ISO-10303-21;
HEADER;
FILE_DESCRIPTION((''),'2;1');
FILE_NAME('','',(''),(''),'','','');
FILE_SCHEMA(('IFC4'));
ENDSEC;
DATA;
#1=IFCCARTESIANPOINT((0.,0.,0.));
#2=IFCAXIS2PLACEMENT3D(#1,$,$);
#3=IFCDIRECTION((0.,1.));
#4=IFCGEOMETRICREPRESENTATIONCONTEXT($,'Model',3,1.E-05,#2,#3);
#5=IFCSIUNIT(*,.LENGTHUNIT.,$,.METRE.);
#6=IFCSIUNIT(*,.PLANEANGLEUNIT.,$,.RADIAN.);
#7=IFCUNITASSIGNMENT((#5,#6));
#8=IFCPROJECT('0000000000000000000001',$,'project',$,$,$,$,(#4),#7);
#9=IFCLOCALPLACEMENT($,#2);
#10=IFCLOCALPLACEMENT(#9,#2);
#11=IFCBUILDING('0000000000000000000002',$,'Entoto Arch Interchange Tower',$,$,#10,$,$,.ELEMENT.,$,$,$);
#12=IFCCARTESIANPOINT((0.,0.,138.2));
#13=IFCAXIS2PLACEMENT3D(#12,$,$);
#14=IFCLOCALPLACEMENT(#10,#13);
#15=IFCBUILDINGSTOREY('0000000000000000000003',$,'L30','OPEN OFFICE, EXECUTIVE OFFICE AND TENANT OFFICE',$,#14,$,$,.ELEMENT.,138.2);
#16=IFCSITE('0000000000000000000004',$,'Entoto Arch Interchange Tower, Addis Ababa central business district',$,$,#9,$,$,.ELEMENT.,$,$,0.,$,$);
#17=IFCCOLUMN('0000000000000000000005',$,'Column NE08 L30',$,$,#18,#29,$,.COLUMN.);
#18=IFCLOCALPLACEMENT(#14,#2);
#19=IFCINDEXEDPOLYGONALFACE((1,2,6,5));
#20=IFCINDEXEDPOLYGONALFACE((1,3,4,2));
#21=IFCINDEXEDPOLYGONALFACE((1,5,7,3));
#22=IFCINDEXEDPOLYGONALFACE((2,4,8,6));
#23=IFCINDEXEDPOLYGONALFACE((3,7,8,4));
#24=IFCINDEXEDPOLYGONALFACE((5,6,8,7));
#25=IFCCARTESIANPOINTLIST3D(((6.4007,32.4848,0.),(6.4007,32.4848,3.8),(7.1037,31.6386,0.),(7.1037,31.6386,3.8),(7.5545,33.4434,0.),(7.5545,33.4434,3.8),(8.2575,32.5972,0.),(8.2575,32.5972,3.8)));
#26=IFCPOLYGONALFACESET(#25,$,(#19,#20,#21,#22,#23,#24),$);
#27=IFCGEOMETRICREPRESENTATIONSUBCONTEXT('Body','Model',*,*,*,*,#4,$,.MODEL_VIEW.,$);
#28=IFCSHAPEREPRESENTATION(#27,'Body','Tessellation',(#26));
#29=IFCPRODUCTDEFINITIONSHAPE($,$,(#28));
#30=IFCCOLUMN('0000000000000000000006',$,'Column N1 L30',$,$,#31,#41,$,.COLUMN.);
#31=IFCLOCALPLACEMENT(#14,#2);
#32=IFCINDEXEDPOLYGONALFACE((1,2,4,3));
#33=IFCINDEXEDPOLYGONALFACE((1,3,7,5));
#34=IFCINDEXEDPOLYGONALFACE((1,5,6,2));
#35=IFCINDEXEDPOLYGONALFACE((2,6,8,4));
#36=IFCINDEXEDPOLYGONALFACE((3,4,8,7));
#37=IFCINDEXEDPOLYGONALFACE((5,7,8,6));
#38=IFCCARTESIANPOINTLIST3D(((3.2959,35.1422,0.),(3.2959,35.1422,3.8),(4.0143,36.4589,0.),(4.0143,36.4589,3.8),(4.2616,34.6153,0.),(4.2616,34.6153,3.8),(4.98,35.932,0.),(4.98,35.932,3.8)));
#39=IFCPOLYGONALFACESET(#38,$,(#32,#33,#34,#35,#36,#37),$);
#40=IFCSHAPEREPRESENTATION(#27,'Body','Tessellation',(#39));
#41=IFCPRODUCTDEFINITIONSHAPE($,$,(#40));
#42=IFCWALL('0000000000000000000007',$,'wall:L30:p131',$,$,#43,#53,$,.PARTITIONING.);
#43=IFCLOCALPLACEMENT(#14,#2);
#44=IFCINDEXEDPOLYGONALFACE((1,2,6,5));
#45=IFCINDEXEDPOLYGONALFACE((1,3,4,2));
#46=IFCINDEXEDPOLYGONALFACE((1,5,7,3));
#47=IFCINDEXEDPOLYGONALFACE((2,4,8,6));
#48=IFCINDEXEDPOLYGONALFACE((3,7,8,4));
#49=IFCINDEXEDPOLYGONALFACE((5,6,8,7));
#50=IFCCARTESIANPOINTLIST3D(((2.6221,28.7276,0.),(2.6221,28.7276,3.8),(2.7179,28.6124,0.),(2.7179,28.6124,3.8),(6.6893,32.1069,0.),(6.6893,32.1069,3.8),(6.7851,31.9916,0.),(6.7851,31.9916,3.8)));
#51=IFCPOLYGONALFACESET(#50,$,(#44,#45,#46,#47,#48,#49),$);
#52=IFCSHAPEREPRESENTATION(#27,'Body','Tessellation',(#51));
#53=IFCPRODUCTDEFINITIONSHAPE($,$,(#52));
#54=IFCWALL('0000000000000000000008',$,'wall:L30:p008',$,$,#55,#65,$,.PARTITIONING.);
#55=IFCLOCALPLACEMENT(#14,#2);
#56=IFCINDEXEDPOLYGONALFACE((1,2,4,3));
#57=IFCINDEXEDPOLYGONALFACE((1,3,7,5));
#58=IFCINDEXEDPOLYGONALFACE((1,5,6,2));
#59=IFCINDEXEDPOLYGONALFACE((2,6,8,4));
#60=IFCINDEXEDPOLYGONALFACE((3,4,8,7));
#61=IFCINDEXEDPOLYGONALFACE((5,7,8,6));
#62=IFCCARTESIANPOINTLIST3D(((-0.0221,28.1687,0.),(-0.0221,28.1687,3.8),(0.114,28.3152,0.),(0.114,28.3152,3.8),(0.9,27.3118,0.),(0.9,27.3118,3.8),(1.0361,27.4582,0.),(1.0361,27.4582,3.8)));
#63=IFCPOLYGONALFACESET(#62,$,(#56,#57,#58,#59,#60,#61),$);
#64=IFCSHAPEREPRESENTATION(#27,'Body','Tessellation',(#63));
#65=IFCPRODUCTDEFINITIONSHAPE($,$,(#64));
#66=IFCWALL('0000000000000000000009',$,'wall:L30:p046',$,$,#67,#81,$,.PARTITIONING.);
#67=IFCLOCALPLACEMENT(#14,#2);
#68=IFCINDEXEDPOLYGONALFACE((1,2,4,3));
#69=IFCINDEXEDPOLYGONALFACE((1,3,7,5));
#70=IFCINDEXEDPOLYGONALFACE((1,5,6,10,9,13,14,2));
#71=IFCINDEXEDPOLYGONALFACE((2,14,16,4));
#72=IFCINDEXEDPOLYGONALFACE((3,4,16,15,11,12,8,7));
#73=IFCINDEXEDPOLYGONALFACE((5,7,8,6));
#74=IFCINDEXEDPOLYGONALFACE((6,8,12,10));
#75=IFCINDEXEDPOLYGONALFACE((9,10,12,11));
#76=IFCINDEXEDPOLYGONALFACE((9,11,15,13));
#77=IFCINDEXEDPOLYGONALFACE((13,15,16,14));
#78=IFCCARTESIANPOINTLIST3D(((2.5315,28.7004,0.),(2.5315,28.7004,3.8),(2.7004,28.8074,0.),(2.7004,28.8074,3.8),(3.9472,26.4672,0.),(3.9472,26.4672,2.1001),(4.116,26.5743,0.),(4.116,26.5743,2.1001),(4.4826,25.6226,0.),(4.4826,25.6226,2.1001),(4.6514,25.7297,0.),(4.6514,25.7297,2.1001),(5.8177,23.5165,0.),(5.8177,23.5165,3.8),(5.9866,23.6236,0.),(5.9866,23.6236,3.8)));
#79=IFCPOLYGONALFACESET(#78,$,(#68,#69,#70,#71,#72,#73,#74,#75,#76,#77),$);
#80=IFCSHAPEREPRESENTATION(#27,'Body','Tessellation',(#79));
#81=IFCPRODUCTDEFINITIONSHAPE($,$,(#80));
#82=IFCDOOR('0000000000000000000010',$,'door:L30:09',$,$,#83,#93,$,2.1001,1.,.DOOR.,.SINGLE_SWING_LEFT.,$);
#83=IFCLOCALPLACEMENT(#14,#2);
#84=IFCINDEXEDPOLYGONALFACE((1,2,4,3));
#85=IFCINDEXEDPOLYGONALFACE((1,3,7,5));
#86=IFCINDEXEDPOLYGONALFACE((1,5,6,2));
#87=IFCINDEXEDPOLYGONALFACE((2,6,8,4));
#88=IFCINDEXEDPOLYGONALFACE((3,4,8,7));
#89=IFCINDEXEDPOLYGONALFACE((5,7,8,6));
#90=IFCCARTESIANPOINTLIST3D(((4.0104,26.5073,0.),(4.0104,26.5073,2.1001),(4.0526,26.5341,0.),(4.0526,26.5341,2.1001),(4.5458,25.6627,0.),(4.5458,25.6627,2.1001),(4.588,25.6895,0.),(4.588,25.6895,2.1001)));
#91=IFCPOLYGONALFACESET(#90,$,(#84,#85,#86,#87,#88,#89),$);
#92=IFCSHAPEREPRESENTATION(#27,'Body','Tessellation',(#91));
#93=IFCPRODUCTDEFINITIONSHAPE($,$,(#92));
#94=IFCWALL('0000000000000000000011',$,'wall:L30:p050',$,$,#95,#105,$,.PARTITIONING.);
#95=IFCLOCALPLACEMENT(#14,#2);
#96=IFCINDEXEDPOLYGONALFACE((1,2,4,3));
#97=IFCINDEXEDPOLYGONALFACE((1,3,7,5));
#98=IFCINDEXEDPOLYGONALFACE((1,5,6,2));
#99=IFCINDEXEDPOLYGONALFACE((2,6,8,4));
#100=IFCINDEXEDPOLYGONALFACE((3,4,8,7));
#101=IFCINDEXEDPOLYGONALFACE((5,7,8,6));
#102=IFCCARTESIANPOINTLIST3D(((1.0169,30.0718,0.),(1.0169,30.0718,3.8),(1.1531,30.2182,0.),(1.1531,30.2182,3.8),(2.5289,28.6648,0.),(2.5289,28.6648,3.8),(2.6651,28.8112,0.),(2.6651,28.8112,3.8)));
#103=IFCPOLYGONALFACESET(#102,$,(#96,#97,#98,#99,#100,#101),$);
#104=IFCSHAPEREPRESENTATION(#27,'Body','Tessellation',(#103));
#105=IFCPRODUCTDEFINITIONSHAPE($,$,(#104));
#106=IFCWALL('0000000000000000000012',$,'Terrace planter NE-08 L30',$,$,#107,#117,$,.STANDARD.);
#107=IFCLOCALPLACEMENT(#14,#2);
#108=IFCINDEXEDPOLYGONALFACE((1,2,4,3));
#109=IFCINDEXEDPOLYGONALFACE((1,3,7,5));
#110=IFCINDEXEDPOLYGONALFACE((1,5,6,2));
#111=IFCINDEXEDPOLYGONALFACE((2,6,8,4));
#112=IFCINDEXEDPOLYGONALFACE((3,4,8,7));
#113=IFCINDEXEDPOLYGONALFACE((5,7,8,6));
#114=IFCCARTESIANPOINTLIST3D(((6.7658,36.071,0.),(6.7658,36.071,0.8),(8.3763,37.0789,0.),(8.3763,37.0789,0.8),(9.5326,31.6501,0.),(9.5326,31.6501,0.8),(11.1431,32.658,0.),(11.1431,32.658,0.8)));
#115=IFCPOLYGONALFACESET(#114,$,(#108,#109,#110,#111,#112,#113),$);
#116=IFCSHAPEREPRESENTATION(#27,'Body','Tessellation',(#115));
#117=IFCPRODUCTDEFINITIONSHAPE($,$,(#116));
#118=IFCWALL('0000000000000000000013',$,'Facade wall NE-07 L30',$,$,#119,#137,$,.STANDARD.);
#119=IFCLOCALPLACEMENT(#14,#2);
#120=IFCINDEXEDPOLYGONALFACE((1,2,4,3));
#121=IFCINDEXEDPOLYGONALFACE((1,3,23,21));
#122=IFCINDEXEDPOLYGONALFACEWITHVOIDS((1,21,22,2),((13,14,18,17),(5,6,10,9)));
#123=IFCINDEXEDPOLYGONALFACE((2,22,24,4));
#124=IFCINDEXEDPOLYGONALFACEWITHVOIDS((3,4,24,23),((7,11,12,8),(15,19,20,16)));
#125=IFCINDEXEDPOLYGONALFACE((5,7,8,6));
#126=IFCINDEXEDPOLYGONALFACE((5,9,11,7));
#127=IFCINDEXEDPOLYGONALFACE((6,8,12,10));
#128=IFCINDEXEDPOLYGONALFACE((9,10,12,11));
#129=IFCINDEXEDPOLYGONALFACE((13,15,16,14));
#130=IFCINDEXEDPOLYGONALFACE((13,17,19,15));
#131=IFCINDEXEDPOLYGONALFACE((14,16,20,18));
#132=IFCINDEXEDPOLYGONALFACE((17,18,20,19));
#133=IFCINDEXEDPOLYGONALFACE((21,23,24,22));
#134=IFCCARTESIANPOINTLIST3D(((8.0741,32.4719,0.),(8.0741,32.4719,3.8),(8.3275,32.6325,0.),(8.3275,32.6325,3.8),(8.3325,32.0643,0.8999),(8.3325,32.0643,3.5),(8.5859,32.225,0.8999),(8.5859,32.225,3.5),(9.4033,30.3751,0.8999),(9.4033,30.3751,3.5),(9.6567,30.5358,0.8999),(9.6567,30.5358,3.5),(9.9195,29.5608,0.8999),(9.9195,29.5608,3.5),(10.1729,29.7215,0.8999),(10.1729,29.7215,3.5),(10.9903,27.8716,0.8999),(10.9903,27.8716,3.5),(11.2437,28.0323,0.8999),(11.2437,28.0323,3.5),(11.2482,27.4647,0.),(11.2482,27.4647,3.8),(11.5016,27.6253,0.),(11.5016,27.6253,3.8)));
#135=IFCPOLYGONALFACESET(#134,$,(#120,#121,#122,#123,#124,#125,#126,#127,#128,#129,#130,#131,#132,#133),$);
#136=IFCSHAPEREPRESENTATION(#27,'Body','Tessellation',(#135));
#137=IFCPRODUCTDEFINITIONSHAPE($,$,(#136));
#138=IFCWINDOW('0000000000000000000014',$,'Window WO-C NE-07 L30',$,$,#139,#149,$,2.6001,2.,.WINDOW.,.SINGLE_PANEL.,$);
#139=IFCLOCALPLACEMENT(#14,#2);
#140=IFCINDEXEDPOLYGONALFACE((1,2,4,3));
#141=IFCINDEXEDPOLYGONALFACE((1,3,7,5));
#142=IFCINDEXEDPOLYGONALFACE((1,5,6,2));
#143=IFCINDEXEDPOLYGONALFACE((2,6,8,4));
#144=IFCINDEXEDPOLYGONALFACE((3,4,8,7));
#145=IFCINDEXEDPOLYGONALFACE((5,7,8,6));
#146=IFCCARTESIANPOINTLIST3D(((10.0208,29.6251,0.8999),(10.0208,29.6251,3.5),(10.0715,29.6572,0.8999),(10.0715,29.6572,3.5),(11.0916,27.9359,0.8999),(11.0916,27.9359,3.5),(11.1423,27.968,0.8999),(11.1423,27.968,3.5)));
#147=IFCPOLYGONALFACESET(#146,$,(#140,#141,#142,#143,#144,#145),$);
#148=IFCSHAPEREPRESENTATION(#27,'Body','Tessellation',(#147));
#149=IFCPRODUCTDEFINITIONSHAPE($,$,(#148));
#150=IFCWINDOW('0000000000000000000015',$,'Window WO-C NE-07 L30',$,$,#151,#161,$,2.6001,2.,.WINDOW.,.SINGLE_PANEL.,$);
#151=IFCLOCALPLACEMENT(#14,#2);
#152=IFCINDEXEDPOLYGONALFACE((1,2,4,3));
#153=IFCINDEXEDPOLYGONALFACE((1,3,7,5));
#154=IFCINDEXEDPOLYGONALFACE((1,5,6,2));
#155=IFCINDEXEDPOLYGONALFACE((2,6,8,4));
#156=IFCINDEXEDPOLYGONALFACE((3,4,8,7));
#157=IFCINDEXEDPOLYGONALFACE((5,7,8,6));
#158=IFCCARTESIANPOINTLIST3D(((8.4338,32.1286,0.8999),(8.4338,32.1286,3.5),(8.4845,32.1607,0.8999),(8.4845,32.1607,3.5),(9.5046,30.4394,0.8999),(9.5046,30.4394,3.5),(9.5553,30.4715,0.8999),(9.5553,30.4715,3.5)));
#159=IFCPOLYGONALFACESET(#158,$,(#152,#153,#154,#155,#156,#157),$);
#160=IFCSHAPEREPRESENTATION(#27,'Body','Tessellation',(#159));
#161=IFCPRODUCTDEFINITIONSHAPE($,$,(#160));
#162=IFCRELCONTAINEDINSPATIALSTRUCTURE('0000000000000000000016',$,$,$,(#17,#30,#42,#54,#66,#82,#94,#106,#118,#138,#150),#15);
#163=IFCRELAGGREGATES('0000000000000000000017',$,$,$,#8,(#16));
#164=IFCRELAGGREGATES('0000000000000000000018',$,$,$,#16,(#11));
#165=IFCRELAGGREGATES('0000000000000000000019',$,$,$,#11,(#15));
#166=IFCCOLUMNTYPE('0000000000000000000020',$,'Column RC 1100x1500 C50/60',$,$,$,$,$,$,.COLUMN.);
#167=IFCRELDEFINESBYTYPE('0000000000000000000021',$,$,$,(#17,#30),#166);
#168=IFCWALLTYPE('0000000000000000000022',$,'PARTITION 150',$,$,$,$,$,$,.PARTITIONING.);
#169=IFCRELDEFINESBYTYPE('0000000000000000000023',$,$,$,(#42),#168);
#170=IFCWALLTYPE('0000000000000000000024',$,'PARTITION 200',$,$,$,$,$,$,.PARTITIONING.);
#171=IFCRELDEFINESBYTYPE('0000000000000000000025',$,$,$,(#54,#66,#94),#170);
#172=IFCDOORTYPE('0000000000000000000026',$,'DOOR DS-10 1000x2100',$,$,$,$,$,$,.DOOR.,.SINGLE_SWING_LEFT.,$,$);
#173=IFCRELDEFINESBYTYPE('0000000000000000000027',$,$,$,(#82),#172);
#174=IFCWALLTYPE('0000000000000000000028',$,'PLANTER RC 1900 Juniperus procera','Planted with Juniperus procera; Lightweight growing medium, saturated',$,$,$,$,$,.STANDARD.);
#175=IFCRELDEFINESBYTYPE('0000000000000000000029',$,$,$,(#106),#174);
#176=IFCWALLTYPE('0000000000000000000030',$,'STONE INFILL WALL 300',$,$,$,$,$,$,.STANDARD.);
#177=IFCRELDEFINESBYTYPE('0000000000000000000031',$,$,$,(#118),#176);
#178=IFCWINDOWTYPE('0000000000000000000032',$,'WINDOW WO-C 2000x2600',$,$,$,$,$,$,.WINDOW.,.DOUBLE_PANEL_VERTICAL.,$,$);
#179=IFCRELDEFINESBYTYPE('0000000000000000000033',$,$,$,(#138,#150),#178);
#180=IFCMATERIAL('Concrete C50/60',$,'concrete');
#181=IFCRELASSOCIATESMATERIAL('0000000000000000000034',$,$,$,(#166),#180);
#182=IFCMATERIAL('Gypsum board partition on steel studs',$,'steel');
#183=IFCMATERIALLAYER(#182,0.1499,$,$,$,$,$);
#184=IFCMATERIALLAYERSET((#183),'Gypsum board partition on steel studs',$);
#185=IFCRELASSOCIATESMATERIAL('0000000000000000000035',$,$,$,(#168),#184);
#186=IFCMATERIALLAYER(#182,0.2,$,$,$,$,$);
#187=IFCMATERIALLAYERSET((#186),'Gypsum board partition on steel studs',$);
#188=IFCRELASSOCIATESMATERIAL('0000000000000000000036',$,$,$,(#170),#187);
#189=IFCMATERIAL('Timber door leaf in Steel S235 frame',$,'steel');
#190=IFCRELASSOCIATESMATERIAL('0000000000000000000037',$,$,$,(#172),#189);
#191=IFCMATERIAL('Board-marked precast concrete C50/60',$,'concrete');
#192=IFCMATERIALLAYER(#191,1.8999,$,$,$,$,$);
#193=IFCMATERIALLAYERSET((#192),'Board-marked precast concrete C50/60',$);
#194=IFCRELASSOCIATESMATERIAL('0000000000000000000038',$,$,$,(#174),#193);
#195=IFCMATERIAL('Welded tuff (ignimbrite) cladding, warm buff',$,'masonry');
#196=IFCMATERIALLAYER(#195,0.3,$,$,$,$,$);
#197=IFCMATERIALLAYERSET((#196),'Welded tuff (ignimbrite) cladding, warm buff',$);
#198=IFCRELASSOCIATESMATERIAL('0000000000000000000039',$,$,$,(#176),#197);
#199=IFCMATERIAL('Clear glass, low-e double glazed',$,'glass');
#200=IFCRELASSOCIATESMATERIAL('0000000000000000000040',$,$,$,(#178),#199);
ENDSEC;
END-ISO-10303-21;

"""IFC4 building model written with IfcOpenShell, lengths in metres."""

from ifc_helpers import new_model, si_unit, direction, frame, frame_2d, origin, origin_2d, place, context, subcontext, project, spatial, rectangle, extrude, material, layer, layer_set, material_profile, profile_set, type_object, element, fill, save


model = new_model("IFC4")

# Units and contexts
model_context = context("Model", 3, precision=1e-05, world=origin(), true_north=direction((0.0, 1.0)))
body_context = subcontext(model_context, "Body", "Model", "MODEL_VIEW")
ifc_project = project(units=[si_unit("LENGTHUNIT", "METRE"), si_unit("PLANEANGLEUNIT", "RADIAN")], contexts=[model_context])

# Site, building, storey
site_placement = place(None, origin())
site = spatial("IfcSite", under=ifc_project, at=site_placement, Name="Entoto Arch Interchange Tower, Addis Ababa central business district", CompositionType="ELEMENT", RefElevation=0.0)
building_placement = place(site_placement, origin())
building = spatial("IfcBuilding", under=site, at=building_placement, Name="Entoto Arch Interchange Tower", CompositionType="ELEMENT")
storey_placement = place(building_placement, frame((0.0, 0.0, 138.2)))
storey = spatial("IfcBuildingStorey", under=building, at=storey_placement, Name="L30", Description="OPEN OFFICE, EXECUTIVE OFFICE AND TENANT OFFICE", CompositionType="ELEMENT", Elevation=138.2)

# Columns
ifc_material_1 = material(Name="Concrete C50/60", Category="concrete")
ifc_material_profile = material_profile(ifc_material_1, rectangle(XDim=1.1001, YDim=1.5, at=origin_2d()))
ifc_profile_set = profile_set([ifc_material_profile], Name="Concrete C50/60")
column_type = type_object("IfcColumnType", Name="Column RC 1100x1500 C50/60", PredefinedType="COLUMN", material=ifc_profile_set)
for number, where, z_axis, x_axis, name in (
    (1, (7.3291, 32.541, 0.0), (0.0, 0.0, 1.0), (-0.63905, 0.769165, 0.0), "Column NE08 L30"),
    (2, (4.1379, 35.5371, 0.0), (0.0, 0.0, 1.0), (-0.877833, 0.478968, 0.0), "Column N1 L30"),
):
    element("IfcColumn", number, at=place(storey_placement, frame(where, z_axis=z_axis, x_axis=x_axis)), inside=storey, type_object=column_type, Name=name, PredefinedType="COLUMN", context=body_context, shape_type="SweptSolid", body=[
        extrude(rectangle(XDim=1.1001, YDim=1.5, at=origin_2d()), origin(), (0.0, 0.0, 1.0), 3.8),
    ])

# Walls
ifc_material_2 = material(Name="Gypsum board partition on steel studs", Category="steel")
ifc_layer_1 = layer(ifc_material_2, 0.1499)
ifc_layer_set_1 = layer_set([ifc_layer_1], Name="Gypsum board partition on steel studs")
wall_type_1 = type_object("IfcWallType", Name="PARTITION 150", PredefinedType="PARTITIONING", material=ifc_layer_set_1)
wall_1_placement = place(storey_placement, frame((2.6699, 28.6699, 0.0), z_axis=(0.0, 0.0, 1.0), x_axis=(0.769163, 0.639053, 0.0)))
element("IfcWall", 3, at=wall_1_placement, inside=storey, type_object=wall_type_1, Name="wall:L30:p131", PredefinedType="PARTITIONING", context=body_context, shape_type="SweptSolid", body=[
    extrude(rectangle(XDim=5.2878, YDim=0.1499, at=frame_2d((2.644, 0.0))), origin(), (0.0, 0.0, 1.0), 3.8),
])
ifc_layer_2 = layer(ifc_material_2, 0.2)
ifc_layer_set_2 = layer_set([ifc_layer_2], Name="Gypsum board partition on steel studs")
wall_type_2 = type_object("IfcWallType", Name="PARTITION 200", PredefinedType="PARTITIONING", material=ifc_layer_set_2)
wall_2_placement = place(storey_placement, frame((0.968, 27.385, 0.0), z_axis=(0.0, 0.0, 1.0), x_axis=(-0.732524, 0.680741, 0.0)))
element("IfcWall", 4, at=wall_2_placement, inside=storey, type_object=wall_type_2, Name="wall:L30:p008", PredefinedType="PARTITIONING", context=body_context, shape_type="SweptSolid", body=[
    extrude(rectangle(XDim=1.2588, YDim=0.2, at=frame_2d((0.6294, 0.0))), origin(), (0.0, 0.0, 1.0), 3.8),
])

# Wall, opening, door
wall_3_placement = place(storey_placement, frame((2.616, 28.7539, 0.0), z_axis=(0.0, 0.0, 1.0), x_axis=(0.535405, -0.844595, 0.0)))
wall_3 = element("IfcWall", 5, at=wall_3_placement, inside=storey, type_object=wall_type_2, Name="wall:L30:p046", PredefinedType="PARTITIONING", context=body_context, shape_type="SweptSolid", body=[
    extrude(rectangle(XDim=6.1377, YDim=0.2, at=frame_2d((3.0688, 0.0))), origin(), (0.0, 0.0, 1.0), 3.8),
])
opening_1_placement = place(wall_3_placement, frame((2.644, 0.0, 0.0)))
opening_1 = element("IfcOpeningElement", 6, at=opening_1_placement, cuts=wall_3, PredefinedType="OPENING", context=body_context, shape_type="SweptSolid", body=[
    extrude(rectangle(XDim=1.0, YDim=2.1001, at=frame_2d((0.5, 1.05))), frame((0.0, 0.1099, 0.0), z_axis=(0.0, -1.0, 0.0), x_axis=(1.0, 0.0, 0.0)), (0.0, 0.0, 1.0), 0.22),
])
ifc_material_3 = material(Name="Timber door leaf in Steel S235 frame", Category="steel")
door_type = type_object("IfcDoorType", Name="DOOR DS-10 1000x2100", OperationType="SINGLE_SWING_LEFT", PredefinedType="DOOR", material=ifc_material_3)
door_placement = place(opening_1_placement, origin())
door = element("IfcDoor", 7, at=door_placement, inside=storey, type_object=door_type, Name="door:L30:09", OperationType="SINGLE_SWING_LEFT", OverallHeight=2.1001, OverallWidth=1.0, PredefinedType="DOOR", context=body_context, shape_type="SweptSolid", body=[
    extrude(rectangle(XDim=1.0, YDim=2.1001, at=frame_2d((0.5, 1.05))), frame((0.0, 0.0249, 0.0), z_axis=(0.0, -1.0, 0.0), x_axis=(1.0, 0.0, 0.0)), (0.0, 0.0, 1.0), 0.05),
])
fill(opening_1, door)

# Walls
wall_4_placement = place(storey_placement, frame((1.085, 30.145, 0.0), z_axis=(0.0, 0.0, 1.0), x_axis=(0.732065, -0.681235, 0.0)))
element("IfcWall", 8, at=wall_4_placement, inside=storey, type_object=wall_type_2, Name="wall:L30:p050", PredefinedType="PARTITIONING", context=body_context, shape_type="SweptSolid", body=[
    extrude(rectangle(XDim=2.0654, YDim=0.2, at=frame_2d((1.0327, 0.0))), origin(), (0.0, 0.0, 1.0), 3.8),
])
ifc_material_4 = material(Name="Board-marked precast concrete C50/60", Category="concrete")
ifc_layer_3 = layer(ifc_material_4, 1.8999)
ifc_layer_set_3 = layer_set([ifc_layer_3], Name="Board-marked precast concrete C50/60")
wall_type_3 = type_object("IfcWallType", Name="PLANTER RC 1900 Juniperus procera", Description="Planted with Juniperus procera; Lightweight growing medium, saturated", PredefinedType="STANDARD", material=ifc_layer_set_3)
wall_5_placement = place(storey_placement, frame((10.3379, 32.1541, 0.0), z_axis=(0.0, 0.0, 1.0), x_axis=(-0.530521, 0.847672, 0.0)))
element("IfcWall", 9, at=wall_5_placement, inside=storey, type_object=wall_type_3, Name="Terrace planter NE-08 L30", PredefinedType="STANDARD", context=body_context, shape_type="SweptSolid", body=[
    extrude(rectangle(XDim=5.2153, YDim=1.8999, at=frame_2d((2.6077, 0.0))), origin(), (0.0, 0.0, 1.0), 0.8),
])

# Wall, openings, windows
ifc_material_5 = material(Name="Welded tuff (ignimbrite) cladding, warm buff", Category="masonry")
ifc_layer_4 = layer(ifc_material_5, 0.3)
ifc_layer_set_4 = layer_set([ifc_layer_4], Name="Welded tuff (ignimbrite) cladding, warm buff")
wall_type_4 = type_object("IfcWallType", Name="STONE INFILL WALL 300", PredefinedType="STANDARD", material=ifc_layer_set_4)
wall_6_placement = place(storey_placement, frame((11.375, 27.5449, 0.0), z_axis=(0.0, 0.0, 1.0), x_axis=(-0.535404, 0.844596, 0.0)))
wall_6 = element("IfcWall", 10, at=wall_6_placement, inside=storey, type_object=wall_type_4, Name="Facade wall NE-07 L30", PredefinedType="STANDARD", context=body_context, shape_type="SweptSolid", body=[
    extrude(rectangle(XDim=5.9285, YDim=0.3, at=frame_2d((2.9644, 0.0))), origin(), (0.0, 0.0, 1.0), 3.8),
])
opening_2_placement = place(wall_6_placement, frame((0.4819, 0.0, 0.8999)))
opening_2 = element("IfcOpeningElement", 11, at=opening_2_placement, cuts=wall_6, PredefinedType="OPENING", context=body_context, shape_type="SweptSolid", body=[
    extrude(rectangle(XDim=2.0, YDim=2.6001, at=frame_2d((1.0, 1.3))), frame((0.0, 0.1602, 0.0), z_axis=(0.0, -1.0, 0.0), x_axis=(1.0, 0.0, 0.0)), (0.0, 0.0, 1.0), 0.3201),
])
opening_3_placement = place(wall_6_placement, frame((3.446, 0.0, 0.8999)))
opening_3 = element("IfcOpeningElement", 12, at=opening_3_placement, cuts=wall_6, PredefinedType="OPENING", context=body_context, shape_type="SweptSolid", body=[
    extrude(rectangle(XDim=2.0, YDim=2.6001, at=frame_2d((1.0, 1.3))), frame((0.0, 0.1602, 0.0), z_axis=(0.0, -1.0, 0.0), x_axis=(1.0, 0.0, 0.0)), (0.0, 0.0, 1.0), 0.3201),
])
ifc_material_6 = material(Name="Clear glass, low-e double glazed", Category="glass")
window_type_1 = type_object("IfcWindowType", Name="WINDOW WO-C 2000x2600", PartitioningType="DOUBLE_PANEL_VERTICAL", PredefinedType="WINDOW", material=ifc_material_6)
window_1_placement = place(opening_2_placement, origin())
window_1 = element("IfcWindow", 13, at=window_1_placement, inside=storey, type_object=window_type_1, Name="Window WO-C NE-07 L30", OverallHeight=2.6001, OverallWidth=2.0, PartitioningType="SINGLE_PANEL", PredefinedType="WINDOW", context=body_context, shape_type="SweptSolid", body=[
    extrude(rectangle(XDim=2.0, YDim=2.6001, at=frame_2d((1.0, 1.3))), frame((0.0, 0.03, 0.0), z_axis=(0.0, -1.0, 0.0), x_axis=(1.0, 0.0, 0.0)), (0.0, 0.0, 1.0), 0.0601),
])
fill(opening_2, window_1)
window_2_placement = place(opening_3_placement, origin())
window_2 = element("IfcWindow", 14, at=window_2_placement, inside=storey, type_object=window_type_1, Name="Window WO-C NE-07 L30", OverallHeight=2.6001, OverallWidth=2.0, PartitioningType="SINGLE_PANEL", PredefinedType="WINDOW", context=body_context, shape_type="SweptSolid", body=[
    extrude(rectangle(XDim=2.0, YDim=2.6001, at=frame_2d((1.0, 1.3))), frame((0.0, 0.03, 0.0), z_axis=(0.0, -1.0, 0.0), x_axis=(1.0, 0.0, 0.0)), (0.0, 0.0, 1.0), 0.0601),
])
fill(opening_3, window_2)

save(model, "model.ifc")
